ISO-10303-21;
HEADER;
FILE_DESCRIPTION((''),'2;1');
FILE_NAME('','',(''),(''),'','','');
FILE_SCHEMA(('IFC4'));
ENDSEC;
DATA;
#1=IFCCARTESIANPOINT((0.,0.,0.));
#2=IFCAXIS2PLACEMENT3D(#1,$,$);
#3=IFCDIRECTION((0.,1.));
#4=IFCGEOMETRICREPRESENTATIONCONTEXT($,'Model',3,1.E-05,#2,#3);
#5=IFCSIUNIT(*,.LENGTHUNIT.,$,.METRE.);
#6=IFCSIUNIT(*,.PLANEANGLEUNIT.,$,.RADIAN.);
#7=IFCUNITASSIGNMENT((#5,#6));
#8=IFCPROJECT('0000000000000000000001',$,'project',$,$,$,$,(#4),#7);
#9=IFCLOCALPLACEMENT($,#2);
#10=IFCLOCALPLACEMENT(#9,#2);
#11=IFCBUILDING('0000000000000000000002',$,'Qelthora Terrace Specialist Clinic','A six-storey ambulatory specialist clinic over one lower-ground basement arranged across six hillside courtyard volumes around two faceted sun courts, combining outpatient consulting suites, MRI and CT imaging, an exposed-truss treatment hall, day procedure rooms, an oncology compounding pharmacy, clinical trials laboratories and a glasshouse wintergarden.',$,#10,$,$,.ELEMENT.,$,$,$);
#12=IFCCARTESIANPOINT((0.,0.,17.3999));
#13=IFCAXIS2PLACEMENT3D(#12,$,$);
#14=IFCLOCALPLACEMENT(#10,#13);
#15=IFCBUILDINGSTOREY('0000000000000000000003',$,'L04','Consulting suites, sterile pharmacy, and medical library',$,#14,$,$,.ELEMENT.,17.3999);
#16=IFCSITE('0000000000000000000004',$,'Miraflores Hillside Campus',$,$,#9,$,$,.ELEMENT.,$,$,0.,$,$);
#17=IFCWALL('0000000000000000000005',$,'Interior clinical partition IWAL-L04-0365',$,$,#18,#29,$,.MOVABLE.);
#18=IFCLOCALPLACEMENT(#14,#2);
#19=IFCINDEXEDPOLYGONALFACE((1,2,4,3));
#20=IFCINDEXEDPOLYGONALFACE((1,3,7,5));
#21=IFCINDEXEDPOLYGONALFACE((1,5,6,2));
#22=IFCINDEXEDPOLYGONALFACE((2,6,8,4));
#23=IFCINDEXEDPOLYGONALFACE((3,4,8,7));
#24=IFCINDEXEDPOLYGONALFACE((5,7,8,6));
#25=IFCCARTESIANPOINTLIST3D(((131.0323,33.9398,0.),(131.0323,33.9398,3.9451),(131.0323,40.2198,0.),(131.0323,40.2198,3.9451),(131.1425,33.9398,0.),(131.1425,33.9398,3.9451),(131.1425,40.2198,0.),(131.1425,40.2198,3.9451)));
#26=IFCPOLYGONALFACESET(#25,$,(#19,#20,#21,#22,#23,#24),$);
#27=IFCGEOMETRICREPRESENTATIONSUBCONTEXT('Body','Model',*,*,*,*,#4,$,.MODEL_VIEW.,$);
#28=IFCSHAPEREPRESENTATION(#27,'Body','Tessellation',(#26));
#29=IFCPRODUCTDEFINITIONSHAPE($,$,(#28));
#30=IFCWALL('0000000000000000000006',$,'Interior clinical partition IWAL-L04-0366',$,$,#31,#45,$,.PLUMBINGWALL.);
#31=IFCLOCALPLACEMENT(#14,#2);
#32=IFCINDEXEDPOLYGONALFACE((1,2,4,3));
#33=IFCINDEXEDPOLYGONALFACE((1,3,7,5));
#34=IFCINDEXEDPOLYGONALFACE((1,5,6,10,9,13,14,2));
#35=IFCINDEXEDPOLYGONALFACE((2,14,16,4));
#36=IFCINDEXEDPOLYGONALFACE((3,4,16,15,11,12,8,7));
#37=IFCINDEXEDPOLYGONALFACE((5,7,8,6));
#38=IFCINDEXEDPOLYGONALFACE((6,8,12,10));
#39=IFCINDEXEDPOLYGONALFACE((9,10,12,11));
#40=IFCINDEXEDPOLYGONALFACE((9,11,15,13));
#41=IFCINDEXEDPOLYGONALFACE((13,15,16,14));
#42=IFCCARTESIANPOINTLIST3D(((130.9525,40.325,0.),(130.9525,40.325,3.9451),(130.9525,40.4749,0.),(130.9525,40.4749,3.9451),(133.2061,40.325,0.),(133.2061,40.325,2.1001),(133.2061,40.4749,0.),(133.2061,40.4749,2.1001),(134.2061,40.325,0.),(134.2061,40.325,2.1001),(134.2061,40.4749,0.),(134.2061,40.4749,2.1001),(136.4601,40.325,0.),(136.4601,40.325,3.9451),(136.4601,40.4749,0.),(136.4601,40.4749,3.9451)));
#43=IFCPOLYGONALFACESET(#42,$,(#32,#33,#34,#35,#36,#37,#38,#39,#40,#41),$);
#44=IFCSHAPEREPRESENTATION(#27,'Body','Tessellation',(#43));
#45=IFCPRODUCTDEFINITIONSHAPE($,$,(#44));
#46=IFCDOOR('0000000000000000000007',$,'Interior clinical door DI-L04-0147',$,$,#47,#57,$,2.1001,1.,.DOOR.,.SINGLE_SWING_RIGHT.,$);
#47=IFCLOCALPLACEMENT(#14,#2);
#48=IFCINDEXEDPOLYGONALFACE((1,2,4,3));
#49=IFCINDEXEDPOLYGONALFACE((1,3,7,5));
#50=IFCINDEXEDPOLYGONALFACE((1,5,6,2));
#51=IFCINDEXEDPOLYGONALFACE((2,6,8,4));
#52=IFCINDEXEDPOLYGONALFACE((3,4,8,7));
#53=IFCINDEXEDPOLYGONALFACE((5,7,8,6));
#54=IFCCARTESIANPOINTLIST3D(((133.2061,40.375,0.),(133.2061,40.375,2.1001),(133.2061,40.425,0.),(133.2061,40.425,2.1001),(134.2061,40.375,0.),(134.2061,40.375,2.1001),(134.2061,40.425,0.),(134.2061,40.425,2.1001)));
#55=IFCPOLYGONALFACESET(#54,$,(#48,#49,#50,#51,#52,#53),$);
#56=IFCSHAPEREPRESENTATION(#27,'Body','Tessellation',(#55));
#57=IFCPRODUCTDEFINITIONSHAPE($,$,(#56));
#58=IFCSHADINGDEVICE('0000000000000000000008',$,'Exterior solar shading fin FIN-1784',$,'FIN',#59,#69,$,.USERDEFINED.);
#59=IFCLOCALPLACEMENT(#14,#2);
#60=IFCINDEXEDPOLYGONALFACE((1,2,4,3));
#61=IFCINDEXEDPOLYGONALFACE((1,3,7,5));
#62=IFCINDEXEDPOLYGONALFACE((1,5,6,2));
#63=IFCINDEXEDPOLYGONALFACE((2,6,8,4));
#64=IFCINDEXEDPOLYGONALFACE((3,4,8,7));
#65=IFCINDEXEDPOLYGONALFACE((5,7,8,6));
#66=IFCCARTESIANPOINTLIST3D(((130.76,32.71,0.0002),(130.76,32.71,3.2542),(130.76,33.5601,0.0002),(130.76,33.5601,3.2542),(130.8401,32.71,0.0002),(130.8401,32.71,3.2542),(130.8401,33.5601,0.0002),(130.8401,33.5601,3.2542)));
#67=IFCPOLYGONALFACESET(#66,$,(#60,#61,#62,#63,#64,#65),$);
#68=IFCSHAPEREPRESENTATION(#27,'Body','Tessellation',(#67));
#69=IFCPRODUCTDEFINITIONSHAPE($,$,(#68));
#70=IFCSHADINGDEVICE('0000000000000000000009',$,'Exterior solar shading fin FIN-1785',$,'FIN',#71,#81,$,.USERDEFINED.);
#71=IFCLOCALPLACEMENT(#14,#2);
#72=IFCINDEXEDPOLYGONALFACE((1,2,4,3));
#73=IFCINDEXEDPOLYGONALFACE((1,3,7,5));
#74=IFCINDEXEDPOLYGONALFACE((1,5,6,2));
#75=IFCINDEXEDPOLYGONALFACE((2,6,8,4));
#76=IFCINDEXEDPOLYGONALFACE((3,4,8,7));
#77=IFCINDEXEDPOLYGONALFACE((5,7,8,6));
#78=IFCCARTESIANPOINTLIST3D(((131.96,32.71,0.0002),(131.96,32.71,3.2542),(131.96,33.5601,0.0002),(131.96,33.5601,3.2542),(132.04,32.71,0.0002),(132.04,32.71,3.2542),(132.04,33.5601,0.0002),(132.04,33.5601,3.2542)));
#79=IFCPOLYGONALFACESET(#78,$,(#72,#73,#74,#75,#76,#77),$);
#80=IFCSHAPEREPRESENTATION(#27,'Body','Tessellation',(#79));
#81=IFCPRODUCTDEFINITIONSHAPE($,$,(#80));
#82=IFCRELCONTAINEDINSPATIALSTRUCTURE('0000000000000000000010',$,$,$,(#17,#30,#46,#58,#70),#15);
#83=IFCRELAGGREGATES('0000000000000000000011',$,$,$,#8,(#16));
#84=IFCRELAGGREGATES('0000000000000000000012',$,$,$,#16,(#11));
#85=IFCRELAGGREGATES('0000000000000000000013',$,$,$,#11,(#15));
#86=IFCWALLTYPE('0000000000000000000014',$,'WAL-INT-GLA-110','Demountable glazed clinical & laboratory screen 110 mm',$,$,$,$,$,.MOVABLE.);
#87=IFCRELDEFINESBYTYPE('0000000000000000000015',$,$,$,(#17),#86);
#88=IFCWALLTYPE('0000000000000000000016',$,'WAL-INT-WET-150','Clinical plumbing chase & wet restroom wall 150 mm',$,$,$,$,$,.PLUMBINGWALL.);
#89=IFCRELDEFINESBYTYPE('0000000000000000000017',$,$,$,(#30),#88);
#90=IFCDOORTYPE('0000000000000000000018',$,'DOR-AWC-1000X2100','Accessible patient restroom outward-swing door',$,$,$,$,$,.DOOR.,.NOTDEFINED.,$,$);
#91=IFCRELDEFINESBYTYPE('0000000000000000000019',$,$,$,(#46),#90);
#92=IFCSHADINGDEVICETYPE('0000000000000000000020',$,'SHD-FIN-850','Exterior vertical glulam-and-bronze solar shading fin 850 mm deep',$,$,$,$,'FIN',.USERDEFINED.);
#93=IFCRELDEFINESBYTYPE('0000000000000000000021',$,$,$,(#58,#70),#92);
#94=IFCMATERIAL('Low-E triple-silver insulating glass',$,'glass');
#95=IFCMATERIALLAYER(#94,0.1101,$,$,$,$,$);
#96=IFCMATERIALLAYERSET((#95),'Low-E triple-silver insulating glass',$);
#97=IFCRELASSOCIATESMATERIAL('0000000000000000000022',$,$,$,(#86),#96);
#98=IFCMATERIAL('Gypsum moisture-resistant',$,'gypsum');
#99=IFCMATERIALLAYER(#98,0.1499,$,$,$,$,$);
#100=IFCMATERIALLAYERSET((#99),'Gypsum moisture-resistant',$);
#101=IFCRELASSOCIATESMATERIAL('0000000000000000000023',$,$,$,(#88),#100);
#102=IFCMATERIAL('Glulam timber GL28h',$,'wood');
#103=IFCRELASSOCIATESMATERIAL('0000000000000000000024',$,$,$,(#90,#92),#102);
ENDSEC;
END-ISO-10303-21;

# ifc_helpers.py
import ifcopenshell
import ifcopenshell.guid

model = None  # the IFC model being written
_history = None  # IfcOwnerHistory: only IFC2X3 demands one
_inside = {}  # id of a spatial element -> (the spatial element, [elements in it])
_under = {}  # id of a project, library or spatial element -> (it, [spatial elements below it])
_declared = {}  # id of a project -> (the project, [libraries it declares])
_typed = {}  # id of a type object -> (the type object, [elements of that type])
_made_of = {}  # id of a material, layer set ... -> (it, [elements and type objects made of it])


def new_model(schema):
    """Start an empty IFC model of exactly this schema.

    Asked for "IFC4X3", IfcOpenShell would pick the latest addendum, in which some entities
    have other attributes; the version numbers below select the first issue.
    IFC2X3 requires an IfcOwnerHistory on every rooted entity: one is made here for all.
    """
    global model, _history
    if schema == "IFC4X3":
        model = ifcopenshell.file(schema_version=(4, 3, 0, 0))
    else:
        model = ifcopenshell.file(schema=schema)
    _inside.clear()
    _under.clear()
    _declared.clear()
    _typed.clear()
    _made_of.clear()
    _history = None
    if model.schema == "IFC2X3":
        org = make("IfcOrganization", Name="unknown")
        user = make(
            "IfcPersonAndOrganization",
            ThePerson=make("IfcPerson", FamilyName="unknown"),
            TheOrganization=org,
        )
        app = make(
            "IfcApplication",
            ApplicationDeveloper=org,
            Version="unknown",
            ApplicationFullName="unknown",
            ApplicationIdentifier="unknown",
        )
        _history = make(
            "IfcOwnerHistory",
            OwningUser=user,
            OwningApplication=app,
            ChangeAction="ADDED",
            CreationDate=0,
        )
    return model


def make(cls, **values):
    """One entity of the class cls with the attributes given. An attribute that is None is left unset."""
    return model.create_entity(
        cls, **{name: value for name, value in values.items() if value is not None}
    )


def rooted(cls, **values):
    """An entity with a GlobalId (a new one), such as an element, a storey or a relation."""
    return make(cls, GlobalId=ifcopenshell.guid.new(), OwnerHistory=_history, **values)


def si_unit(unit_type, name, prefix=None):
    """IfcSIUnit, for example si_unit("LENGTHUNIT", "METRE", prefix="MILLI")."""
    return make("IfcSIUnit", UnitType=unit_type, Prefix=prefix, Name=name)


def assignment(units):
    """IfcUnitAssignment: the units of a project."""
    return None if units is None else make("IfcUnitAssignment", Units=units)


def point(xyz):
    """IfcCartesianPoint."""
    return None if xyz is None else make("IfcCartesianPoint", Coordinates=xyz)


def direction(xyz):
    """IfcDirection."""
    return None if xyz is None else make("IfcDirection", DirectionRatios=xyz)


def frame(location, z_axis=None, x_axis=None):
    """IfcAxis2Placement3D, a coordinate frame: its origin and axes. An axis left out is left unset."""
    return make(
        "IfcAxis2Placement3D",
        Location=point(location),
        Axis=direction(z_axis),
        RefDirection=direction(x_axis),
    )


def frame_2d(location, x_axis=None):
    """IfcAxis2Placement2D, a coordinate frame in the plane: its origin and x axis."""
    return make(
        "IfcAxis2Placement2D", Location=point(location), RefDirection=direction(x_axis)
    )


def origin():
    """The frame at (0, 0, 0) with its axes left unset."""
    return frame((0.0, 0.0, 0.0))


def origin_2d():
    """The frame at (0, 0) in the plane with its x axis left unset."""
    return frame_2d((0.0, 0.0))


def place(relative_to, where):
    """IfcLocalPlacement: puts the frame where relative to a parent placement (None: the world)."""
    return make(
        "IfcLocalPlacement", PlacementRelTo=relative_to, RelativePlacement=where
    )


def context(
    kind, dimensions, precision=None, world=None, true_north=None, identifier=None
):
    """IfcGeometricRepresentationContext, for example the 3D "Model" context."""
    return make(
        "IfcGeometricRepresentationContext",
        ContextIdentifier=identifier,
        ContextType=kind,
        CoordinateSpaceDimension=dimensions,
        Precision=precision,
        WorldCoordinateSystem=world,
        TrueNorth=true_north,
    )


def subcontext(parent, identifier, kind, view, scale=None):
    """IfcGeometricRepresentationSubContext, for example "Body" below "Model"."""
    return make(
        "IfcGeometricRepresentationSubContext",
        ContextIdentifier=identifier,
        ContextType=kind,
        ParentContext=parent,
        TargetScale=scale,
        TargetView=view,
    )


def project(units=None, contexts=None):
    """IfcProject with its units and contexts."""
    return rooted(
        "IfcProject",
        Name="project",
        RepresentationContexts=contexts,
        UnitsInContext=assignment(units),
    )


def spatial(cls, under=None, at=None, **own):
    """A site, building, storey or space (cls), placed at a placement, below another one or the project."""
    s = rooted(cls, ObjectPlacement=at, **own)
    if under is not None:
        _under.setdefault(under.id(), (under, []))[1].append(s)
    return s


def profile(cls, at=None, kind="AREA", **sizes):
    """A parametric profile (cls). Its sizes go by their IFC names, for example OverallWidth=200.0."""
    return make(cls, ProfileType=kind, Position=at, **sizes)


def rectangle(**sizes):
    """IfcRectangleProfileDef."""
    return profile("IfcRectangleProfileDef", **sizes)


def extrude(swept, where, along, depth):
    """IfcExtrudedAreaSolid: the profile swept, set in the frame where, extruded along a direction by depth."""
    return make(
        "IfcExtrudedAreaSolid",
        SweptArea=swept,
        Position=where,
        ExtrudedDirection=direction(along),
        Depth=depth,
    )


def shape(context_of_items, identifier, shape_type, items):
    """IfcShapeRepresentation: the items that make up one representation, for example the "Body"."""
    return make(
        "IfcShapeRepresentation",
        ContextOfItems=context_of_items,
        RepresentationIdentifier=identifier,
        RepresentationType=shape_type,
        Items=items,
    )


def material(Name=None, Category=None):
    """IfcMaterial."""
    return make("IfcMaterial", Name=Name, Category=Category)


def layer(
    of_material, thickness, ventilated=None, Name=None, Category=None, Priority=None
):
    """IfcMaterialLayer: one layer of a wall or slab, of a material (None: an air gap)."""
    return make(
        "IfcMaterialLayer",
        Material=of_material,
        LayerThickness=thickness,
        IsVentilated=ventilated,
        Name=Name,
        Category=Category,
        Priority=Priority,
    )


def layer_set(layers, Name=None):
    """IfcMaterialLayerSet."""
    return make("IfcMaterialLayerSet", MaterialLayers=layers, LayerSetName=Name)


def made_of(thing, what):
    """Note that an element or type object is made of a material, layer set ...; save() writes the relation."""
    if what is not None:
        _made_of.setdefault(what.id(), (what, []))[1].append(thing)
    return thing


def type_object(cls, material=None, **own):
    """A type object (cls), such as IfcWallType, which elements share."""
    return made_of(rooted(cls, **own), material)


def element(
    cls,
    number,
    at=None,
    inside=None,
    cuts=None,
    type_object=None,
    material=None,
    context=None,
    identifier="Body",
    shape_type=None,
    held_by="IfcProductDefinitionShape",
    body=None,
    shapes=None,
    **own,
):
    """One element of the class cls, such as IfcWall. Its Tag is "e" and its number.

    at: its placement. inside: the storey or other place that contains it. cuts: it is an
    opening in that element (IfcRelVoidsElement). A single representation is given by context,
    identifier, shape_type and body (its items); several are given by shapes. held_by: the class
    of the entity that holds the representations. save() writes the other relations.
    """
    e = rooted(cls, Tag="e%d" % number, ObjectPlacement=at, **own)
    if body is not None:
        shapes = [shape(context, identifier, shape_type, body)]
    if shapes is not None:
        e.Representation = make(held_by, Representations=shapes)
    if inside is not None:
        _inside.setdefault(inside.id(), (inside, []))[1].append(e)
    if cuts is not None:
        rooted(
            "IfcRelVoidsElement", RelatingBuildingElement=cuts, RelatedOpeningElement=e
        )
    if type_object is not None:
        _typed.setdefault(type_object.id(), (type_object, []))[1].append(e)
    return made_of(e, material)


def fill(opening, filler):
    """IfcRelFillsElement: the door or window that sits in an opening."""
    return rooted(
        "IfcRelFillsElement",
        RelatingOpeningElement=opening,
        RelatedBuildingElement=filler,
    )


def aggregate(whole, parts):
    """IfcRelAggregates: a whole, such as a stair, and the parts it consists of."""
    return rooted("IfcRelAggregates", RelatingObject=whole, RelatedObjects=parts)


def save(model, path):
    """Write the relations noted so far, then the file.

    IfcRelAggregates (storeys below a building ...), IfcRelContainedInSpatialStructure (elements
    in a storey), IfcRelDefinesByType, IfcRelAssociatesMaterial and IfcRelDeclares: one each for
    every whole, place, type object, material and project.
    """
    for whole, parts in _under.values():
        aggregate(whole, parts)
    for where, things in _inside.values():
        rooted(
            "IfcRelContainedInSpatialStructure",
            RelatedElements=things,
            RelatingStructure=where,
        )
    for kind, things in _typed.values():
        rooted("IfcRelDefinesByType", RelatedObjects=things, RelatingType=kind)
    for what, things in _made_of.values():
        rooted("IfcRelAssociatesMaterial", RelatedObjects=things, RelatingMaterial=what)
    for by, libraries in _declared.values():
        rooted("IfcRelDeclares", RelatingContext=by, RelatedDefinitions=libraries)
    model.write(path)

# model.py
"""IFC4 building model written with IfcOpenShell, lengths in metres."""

from ifc_helpers import new_model, si_unit, direction, frame, frame_2d, origin, origin_2d, place, context, subcontext, project, spatial, rectangle, extrude, material, layer, layer_set, type_object, element, fill, save


model = new_model("IFC4")

# Units and contexts
model_context = context("Model", 3, precision=1e-05, world=origin(), true_north=direction((0.0, 1.0)))
body_context = subcontext(model_context, "Body", "Model", "MODEL_VIEW")
ifc_project = project(units=[si_unit("LENGTHUNIT", "METRE"), si_unit("PLANEANGLEUNIT", "RADIAN")], contexts=[model_context])

# Site, building, storey
site_placement = place(None, origin())
site = spatial("IfcSite", under=ifc_project, at=site_placement, Name="Miraflores Hillside Campus", CompositionType="ELEMENT", RefElevation=0.0)
building_placement = place(site_placement, origin())
building = spatial("IfcBuilding", under=site, at=building_placement, Name="Qelthora Terrace Specialist Clinic", Description="A six-storey ambulatory specialist clinic over one lower-ground basement arranged across six hillside courtyard volumes around two faceted sun courts, combining outpatient consulting suites, MRI and CT imaging, an exposed-truss treatment hall, day procedure rooms, an oncology compounding pharmacy, clinical trials laboratories and a glasshouse wintergarden.", CompositionType="ELEMENT")
storey_placement = place(building_placement, frame((0.0, 0.0, 17.3999)))
storey = spatial("IfcBuildingStorey", under=building, at=storey_placement, Name="L04", Description="Consulting suites, sterile pharmacy, and medical library", CompositionType="ELEMENT", Elevation=17.3999)

# Shared definitions
ifc_material_1 = material(Name="Glulam timber GL28h", Category="wood")

# Shared definitions
ifc_material_2 = material(Name="Low-E triple-silver insulating glass", Category="glass")

# Wall
ifc_layer_1 = layer(ifc_material_2, 0.1101)
ifc_layer_set_1 = layer_set([ifc_layer_1], Name="Low-E triple-silver insulating glass")
wall_type_1 = type_object("IfcWallType", Name="WAL-INT-GLA-110", Description="Demountable glazed clinical & laboratory screen 110 mm", PredefinedType="MOVABLE", material=ifc_layer_set_1)
wall_1_placement = place(storey_placement, frame((131.0874, 40.22, 0.0), z_axis=(0.0, 0.0, 1.0), x_axis=(0.0, -1.0, 0.0)))
element("IfcWall", 1, at=wall_1_placement, inside=storey, type_object=wall_type_1, Name="Interior clinical partition IWAL-L04-0365", PredefinedType="MOVABLE", context=body_context, shape_type="SweptSolid", body=[
    extrude(rectangle(XDim=6.28, YDim=0.1101, at=frame_2d((3.1401, 0.0))), origin(), (0.0, 0.0, 1.0), 3.9451),
])

# Wall, opening, door
ifc_material_3 = material(Name="Gypsum moisture-resistant", Category="gypsum")
ifc_layer_2 = layer(ifc_material_3, 0.1499)
ifc_layer_set_2 = layer_set([ifc_layer_2], Name="Gypsum moisture-resistant")
wall_type_2 = type_object("IfcWallType", Name="WAL-INT-WET-150", Description="Clinical plumbing chase & wet restroom wall 150 mm", PredefinedType="PLUMBINGWALL", material=ifc_layer_set_2)
wall_2_placement = place(storey_placement, frame((130.9524, 40.3999, 0.0), z_axis=(0.0, 0.0, 1.0), x_axis=(1.0, 0.0, 0.0)))
wall_2 = element("IfcWall", 2, at=wall_2_placement, inside=storey, type_object=wall_type_2, Name="Interior clinical partition IWAL-L04-0366", PredefinedType="PLUMBINGWALL", context=body_context, shape_type="SweptSolid", body=[
    extrude(rectangle(XDim=5.5076, YDim=0.1499, at=frame_2d((2.7539, 0.0))), origin(), (0.0, 0.0, 1.0), 3.9451),
])
opening_1_placement = place(wall_2_placement, frame((2.2537, 0.0, 0.0)))
opening_1 = element("IfcOpeningElement", 3, at=opening_1_placement, cuts=wall_2, PredefinedType="OPENING", context=body_context, shape_type="SweptSolid", body=[
    extrude(rectangle(XDim=1.0, YDim=2.1001, at=frame_2d((0.5, 1.05))), frame((0.0, 0.085, 0.0), z_axis=(0.0, -1.0, 0.0), x_axis=(1.0, 0.0, 0.0)), (0.0, 0.0, 1.0), 0.1699),
])
door_type = type_object("IfcDoorType", Name="DOR-AWC-1000X2100", Description="Accessible patient restroom outward-swing door", OperationType="NOTDEFINED", PredefinedType="DOOR", material=ifc_material_1)
door_placement = place(opening_1_placement, frame((1.0, 0.0, 0.0), z_axis=(0.0, 0.0, 1.0), x_axis=(-1.0, 0.0, 0.0)))
door = element("IfcDoor", 4, at=door_placement, inside=storey, type_object=door_type, Name="Interior clinical door DI-L04-0147", OperationType="SINGLE_SWING_RIGHT", OverallHeight=2.1001, OverallWidth=1.0, PredefinedType="DOOR", context=body_context, shape_type="SweptSolid", body=[
    extrude(rectangle(XDim=1.0, YDim=2.1001, at=frame_2d((0.5, 1.05))), frame((0.0, 0.0249, 0.0), z_axis=(0.0, -1.0, 0.0), x_axis=(1.0, 0.0, 0.0)), (0.0, 0.0, 1.0), 0.05),
])
fill(opening_1, door)

# Shading devices
shading_device_type = type_object("IfcShadingDeviceType", Name="SHD-FIN-850", Description="Exterior vertical glulam-and-bronze solar shading fin 850 mm deep", ElementType="FIN", PredefinedType="USERDEFINED", material=ifc_material_1)
for number, where, z_axis, x_axis, name in (
    (5, (130.8, 33.135, 0.0002), (0.0, 0.0, 1.0), (0.0, -1.0, 0.0), "Exterior solar shading fin FIN-1784"),
    (6, (132.0, 33.135, 0.0002), (0.0, 0.0, 1.0), (0.0, -1.0, 0.0), "Exterior solar shading fin FIN-1785"),
):
    element("IfcShadingDevice", number, at=place(storey_placement, frame(where, z_axis=z_axis, x_axis=x_axis)), inside=storey, type_object=shading_device_type, Name=name, ObjectType="FIN", PredefinedType="USERDEFINED", context=body_context, shape_type="SweptSolid", body=[
        extrude(rectangle(XDim=0.8501, YDim=0.0801, at=origin_2d()), origin(), (0.0, 0.0, 1.0), 3.2539),
    ])

save(model, "model.ifc")
